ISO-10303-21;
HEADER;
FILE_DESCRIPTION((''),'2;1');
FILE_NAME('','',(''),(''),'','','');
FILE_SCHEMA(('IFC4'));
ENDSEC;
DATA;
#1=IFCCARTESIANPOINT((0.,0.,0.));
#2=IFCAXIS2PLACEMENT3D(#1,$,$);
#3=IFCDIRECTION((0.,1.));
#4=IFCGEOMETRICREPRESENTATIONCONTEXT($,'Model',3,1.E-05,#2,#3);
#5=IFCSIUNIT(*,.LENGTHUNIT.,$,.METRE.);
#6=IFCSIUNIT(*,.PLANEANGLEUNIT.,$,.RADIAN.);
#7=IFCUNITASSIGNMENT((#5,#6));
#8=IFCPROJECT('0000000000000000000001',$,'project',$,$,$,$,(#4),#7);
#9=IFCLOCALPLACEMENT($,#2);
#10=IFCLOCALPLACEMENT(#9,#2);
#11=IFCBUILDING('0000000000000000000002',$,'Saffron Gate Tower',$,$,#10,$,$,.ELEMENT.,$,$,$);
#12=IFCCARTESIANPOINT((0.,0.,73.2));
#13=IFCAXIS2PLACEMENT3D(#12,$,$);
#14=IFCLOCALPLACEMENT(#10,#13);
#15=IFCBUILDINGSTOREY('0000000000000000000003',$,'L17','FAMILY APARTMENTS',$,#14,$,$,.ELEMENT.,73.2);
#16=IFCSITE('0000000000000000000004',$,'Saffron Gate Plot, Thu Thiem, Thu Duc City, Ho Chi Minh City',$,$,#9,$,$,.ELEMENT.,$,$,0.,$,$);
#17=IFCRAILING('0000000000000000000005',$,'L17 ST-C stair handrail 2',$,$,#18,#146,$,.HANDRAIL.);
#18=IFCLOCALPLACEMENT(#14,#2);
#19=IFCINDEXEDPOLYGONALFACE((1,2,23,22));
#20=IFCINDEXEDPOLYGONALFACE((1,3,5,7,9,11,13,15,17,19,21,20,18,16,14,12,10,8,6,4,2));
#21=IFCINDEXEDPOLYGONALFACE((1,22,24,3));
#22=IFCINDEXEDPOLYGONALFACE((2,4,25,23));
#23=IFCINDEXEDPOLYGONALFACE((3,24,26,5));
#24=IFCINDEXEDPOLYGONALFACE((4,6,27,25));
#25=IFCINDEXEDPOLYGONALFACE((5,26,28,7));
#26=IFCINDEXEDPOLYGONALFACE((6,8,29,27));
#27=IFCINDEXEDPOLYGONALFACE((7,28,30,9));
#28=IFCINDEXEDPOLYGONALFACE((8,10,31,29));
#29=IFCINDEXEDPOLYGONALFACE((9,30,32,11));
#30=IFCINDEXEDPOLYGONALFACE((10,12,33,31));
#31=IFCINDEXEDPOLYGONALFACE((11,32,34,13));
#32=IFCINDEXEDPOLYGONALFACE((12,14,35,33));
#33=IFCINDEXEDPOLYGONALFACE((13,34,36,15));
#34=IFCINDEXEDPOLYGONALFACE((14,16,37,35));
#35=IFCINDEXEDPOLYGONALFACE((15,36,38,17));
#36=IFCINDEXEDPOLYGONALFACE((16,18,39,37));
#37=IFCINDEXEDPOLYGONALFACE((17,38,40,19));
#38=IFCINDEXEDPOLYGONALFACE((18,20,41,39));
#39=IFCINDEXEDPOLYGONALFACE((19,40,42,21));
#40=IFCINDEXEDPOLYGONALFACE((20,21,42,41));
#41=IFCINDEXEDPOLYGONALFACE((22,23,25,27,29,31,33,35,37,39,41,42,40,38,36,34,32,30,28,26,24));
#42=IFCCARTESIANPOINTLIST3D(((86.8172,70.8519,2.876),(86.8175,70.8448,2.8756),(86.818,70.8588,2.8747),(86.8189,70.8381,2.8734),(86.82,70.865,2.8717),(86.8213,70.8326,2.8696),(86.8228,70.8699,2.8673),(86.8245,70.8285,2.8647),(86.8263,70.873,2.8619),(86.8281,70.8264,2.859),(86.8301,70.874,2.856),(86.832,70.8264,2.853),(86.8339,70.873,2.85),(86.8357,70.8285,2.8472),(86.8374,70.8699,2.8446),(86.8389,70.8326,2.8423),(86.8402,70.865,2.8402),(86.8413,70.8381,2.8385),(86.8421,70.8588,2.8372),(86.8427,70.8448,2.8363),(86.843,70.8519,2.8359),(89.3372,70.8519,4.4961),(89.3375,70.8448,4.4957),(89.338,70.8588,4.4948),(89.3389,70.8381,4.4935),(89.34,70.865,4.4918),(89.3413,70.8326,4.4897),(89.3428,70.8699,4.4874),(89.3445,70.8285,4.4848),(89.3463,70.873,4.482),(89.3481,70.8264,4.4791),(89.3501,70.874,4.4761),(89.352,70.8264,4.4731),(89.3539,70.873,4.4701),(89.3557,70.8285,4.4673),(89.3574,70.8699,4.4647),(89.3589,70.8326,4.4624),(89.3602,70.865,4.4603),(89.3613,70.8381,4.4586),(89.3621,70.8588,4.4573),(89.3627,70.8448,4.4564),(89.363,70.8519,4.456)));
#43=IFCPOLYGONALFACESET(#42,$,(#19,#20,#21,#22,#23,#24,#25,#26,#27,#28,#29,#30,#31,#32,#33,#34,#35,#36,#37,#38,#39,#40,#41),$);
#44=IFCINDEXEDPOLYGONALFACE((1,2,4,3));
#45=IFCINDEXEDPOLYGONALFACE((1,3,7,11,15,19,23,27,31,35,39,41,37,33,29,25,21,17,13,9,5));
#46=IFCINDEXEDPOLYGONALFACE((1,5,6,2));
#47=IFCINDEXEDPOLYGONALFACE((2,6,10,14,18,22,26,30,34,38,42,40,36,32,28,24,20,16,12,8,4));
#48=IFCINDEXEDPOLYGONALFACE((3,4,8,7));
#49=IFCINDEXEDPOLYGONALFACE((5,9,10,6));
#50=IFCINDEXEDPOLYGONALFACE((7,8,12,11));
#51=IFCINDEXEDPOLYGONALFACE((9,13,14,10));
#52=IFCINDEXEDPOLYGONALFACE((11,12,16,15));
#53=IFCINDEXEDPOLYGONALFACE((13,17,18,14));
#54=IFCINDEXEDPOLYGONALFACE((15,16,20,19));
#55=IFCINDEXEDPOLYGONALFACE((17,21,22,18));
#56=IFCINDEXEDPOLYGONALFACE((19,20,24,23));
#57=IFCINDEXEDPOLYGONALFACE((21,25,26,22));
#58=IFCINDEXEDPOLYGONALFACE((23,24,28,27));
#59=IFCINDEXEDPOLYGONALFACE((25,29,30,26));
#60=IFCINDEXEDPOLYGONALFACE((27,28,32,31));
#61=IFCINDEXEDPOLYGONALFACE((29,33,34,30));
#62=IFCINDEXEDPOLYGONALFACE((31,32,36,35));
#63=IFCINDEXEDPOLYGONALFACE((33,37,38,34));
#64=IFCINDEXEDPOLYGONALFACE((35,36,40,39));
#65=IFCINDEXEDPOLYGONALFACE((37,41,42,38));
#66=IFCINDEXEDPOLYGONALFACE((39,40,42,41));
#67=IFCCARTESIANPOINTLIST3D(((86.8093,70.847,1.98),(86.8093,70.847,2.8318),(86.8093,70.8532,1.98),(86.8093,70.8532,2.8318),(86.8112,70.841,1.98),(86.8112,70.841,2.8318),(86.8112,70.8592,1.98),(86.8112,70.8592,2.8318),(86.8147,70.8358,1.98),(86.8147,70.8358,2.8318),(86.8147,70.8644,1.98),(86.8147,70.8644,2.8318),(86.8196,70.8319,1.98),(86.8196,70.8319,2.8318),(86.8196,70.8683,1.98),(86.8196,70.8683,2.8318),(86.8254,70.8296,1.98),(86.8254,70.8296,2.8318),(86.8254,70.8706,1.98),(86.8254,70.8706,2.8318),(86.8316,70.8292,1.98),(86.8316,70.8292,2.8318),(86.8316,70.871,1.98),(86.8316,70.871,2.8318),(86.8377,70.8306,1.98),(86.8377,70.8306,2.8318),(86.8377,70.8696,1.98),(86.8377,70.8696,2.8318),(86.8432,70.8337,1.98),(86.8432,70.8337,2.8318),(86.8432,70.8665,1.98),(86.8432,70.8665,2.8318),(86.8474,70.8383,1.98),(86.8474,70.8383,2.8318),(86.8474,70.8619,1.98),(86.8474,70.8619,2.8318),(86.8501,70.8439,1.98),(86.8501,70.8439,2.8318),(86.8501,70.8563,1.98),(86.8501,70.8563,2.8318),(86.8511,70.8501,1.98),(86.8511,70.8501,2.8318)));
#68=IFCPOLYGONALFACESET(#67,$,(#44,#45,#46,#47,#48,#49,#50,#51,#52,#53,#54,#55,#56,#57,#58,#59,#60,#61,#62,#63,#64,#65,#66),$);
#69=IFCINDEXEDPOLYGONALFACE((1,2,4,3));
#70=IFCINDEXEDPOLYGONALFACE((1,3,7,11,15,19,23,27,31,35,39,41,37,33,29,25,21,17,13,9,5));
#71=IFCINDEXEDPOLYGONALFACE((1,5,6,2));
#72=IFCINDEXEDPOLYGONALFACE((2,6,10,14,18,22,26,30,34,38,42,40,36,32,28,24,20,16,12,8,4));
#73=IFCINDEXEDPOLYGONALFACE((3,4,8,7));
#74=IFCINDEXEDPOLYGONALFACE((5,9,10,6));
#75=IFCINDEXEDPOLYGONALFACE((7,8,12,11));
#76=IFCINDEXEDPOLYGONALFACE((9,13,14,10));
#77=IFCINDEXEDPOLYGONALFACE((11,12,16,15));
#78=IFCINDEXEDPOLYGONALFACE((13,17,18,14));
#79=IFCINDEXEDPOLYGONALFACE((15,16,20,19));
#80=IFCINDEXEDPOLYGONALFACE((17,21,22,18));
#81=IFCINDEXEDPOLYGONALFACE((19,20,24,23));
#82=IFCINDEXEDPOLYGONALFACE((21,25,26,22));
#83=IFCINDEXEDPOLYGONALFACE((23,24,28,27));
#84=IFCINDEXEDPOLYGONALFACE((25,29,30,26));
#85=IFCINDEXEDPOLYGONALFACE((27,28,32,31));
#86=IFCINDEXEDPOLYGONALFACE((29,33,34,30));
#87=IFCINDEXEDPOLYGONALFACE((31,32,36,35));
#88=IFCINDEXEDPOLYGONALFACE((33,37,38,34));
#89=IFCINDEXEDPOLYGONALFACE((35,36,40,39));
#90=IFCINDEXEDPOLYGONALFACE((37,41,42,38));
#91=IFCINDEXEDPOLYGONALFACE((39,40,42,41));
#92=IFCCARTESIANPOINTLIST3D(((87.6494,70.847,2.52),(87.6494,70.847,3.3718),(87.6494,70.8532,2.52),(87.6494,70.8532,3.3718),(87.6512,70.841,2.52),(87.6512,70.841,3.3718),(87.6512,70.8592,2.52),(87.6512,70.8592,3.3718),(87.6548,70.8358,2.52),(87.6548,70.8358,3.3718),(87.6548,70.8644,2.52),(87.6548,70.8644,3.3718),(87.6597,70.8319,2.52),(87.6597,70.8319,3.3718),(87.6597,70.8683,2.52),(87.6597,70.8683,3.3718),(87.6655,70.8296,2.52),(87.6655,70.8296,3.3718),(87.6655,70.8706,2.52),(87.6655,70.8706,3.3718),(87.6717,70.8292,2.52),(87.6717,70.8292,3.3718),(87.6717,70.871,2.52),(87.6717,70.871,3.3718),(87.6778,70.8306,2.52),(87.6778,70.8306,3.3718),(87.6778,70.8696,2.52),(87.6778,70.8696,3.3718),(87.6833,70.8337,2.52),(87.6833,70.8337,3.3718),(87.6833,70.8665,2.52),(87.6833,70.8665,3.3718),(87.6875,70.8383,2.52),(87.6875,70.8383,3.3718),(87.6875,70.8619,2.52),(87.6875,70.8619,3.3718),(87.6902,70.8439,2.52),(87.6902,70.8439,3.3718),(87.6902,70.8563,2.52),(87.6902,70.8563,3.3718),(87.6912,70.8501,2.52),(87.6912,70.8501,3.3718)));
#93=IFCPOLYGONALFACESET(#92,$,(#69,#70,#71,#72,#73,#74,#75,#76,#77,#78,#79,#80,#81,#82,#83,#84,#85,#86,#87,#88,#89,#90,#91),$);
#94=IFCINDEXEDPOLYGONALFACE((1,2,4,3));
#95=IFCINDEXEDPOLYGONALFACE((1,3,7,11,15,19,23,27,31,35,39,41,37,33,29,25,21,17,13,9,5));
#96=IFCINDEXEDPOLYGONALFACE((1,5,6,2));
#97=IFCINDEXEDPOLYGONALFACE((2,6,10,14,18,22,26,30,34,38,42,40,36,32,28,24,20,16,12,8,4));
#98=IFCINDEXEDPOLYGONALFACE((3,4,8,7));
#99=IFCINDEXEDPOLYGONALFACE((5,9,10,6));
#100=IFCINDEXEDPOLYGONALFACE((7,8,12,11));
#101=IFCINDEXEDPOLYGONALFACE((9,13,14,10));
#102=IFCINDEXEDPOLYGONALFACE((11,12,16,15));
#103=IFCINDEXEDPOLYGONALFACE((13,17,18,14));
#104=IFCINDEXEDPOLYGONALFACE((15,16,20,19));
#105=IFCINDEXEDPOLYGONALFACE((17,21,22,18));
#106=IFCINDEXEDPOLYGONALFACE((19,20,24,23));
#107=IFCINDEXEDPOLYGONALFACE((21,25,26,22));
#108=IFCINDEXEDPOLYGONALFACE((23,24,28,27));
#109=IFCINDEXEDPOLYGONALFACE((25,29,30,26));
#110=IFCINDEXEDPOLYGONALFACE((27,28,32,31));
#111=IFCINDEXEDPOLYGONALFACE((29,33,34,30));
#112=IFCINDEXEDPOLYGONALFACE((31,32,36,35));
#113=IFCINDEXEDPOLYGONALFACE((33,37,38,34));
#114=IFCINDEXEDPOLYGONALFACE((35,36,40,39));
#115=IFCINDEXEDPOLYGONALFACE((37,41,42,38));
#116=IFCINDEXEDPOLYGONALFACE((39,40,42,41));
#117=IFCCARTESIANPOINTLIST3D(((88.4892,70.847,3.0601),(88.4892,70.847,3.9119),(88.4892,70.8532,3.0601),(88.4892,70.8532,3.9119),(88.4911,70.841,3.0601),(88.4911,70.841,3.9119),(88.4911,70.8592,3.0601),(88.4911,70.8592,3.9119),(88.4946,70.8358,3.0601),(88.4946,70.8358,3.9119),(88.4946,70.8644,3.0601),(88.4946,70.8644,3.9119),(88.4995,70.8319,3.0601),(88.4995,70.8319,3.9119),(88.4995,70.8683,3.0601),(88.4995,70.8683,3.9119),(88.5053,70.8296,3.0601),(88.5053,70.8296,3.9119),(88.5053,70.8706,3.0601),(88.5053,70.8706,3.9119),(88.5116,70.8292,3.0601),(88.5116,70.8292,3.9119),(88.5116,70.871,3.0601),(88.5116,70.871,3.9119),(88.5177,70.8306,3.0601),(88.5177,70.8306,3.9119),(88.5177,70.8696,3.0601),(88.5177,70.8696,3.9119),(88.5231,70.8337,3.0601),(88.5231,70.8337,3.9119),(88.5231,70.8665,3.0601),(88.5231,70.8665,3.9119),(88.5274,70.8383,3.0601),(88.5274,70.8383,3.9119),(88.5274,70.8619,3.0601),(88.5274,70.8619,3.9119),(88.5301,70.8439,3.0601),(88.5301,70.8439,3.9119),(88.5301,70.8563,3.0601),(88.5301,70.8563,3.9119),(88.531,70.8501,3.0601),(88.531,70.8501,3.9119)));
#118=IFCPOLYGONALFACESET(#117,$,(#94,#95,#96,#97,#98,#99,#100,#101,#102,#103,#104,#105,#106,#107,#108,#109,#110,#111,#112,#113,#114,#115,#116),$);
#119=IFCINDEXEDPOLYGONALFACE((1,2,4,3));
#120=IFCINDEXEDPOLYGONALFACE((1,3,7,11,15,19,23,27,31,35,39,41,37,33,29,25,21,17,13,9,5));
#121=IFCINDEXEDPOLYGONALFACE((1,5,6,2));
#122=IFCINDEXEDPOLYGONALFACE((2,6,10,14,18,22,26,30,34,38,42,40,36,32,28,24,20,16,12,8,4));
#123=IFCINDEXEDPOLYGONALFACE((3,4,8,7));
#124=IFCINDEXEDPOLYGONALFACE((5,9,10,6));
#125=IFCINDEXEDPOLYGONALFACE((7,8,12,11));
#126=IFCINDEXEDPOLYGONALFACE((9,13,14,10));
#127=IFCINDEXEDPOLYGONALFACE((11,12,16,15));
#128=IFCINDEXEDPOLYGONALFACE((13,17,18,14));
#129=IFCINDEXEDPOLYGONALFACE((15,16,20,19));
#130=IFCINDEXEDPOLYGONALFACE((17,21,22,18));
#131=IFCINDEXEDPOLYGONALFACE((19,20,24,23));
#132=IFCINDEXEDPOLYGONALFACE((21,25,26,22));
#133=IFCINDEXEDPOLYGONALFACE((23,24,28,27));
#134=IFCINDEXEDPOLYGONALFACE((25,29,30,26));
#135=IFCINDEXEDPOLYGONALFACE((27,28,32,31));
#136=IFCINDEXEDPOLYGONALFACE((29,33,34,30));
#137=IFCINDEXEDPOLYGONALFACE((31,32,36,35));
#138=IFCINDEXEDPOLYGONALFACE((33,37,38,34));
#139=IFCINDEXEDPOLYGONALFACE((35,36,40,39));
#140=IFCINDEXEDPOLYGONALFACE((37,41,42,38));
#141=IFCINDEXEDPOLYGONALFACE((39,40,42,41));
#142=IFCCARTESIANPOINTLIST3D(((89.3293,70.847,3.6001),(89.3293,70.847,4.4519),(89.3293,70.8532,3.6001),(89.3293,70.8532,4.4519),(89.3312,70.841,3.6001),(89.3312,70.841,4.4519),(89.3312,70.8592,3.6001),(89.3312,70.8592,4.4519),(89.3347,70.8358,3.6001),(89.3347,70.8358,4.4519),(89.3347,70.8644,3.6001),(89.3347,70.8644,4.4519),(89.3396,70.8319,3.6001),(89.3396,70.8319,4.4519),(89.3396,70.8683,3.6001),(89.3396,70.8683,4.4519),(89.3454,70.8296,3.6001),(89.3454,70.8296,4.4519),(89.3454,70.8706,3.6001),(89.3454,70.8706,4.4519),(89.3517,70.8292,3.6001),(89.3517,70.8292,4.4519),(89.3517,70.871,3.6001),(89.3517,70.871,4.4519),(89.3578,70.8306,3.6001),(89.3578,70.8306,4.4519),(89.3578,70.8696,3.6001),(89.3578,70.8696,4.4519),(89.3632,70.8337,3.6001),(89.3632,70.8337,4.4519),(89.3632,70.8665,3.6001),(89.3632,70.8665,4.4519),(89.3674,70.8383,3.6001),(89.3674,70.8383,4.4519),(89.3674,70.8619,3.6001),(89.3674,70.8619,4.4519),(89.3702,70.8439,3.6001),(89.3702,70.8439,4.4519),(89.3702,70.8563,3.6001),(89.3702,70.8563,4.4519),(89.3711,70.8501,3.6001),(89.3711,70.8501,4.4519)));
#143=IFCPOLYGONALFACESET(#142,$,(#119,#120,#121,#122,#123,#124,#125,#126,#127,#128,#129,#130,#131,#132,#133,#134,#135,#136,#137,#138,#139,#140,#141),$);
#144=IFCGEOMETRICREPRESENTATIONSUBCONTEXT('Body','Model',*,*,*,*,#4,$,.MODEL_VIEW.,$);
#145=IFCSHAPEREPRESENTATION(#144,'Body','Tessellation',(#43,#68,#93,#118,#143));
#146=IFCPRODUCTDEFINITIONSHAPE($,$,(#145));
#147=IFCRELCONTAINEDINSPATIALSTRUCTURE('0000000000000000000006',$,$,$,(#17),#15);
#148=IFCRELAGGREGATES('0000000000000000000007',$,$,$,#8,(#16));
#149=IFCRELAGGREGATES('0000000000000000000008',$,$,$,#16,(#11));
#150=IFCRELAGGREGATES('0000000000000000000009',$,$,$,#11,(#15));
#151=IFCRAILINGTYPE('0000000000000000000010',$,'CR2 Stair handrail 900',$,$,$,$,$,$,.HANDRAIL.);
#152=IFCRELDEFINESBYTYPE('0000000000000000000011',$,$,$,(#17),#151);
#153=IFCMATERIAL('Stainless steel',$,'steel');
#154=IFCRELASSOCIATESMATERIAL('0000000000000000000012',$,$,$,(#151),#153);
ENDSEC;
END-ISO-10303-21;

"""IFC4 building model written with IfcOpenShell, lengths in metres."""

from ifc_helpers import new_model, si_unit, direction, frame, origin, origin_2d, place, context, subcontext, project, spatial, circle, extrude, material, type_object, element, save


model = new_model("IFC4")

# Units and contexts
model_context = context("Model", 3, precision=1e-05, world=origin(), true_north=direction((0.0, 1.0)))
body_context = subcontext(model_context, "Body", "Model", "MODEL_VIEW")
ifc_project = project(units=[si_unit("LENGTHUNIT", "METRE"), si_unit("PLANEANGLEUNIT", "RADIAN")], contexts=[model_context])

# Site, building, storey
site_placement = place(None, origin())
site = spatial("IfcSite", under=ifc_project, at=site_placement, Name="Saffron Gate Plot, Thu Thiem, Thu Duc City, Ho Chi Minh City", CompositionType="ELEMENT", RefElevation=0.0)
building_placement = place(site_placement, origin())
building = spatial("IfcBuilding", under=site, at=building_placement, Name="Saffron Gate Tower", CompositionType="ELEMENT")
storey_placement = place(building_placement, frame((0.0, 0.0, 73.2)))
storey = spatial("IfcBuildingStorey", under=building, at=storey_placement, Name="L17", Description="FAMILY APARTMENTS", CompositionType="ELEMENT", Elevation=73.2)

# Railing
ifc_material_1 = material(Name="Stainless steel", Category="steel")
railing_type_1 = type_object("IfcRailingType", Name="CR2 Stair handrail 900", PredefinedType="HANDRAIL", material=ifc_material_1)
railing_1_placement = place(storey_placement, frame((86.8301, 70.8501, 1.98)))
element("IfcRailing", 1, at=railing_1_placement, inside=storey, type_object=railing_type_1, Name="L17 ST-C stair handrail 2", PredefinedType="HANDRAIL", context=body_context, shape_type="SweptSolid", body=[
    extrude(circle(Radius=0.0239, at=origin_2d()), frame((0.0, 0.0, 0.876), z_axis=(0.841163, 0.0, 0.540782), x_axis=(0.0, 1.0, 0.0)), (0.0, 0.0, 1.0), 2.9958),
    extrude(circle(Radius=0.021, at=origin_2d()), origin(), (0.0, 0.0, 1.0), 0.8518),
    extrude(circle(Radius=0.021, at=origin_2d()), frame((0.8401, 0.0, 0.54)), (0.0, 0.0, 1.0), 0.8518),
    extrude(circle(Radius=0.021, at=origin_2d()), frame((1.6799, 0.0, 1.0801)), (0.0, 0.0, 1.0), 0.8518),
    extrude(circle(Radius=0.021, at=origin_2d()), frame((2.52, 0.0, 1.6201)), (0.0, 0.0, 1.0), 0.8518),
])

save(model, "model.ifc")
